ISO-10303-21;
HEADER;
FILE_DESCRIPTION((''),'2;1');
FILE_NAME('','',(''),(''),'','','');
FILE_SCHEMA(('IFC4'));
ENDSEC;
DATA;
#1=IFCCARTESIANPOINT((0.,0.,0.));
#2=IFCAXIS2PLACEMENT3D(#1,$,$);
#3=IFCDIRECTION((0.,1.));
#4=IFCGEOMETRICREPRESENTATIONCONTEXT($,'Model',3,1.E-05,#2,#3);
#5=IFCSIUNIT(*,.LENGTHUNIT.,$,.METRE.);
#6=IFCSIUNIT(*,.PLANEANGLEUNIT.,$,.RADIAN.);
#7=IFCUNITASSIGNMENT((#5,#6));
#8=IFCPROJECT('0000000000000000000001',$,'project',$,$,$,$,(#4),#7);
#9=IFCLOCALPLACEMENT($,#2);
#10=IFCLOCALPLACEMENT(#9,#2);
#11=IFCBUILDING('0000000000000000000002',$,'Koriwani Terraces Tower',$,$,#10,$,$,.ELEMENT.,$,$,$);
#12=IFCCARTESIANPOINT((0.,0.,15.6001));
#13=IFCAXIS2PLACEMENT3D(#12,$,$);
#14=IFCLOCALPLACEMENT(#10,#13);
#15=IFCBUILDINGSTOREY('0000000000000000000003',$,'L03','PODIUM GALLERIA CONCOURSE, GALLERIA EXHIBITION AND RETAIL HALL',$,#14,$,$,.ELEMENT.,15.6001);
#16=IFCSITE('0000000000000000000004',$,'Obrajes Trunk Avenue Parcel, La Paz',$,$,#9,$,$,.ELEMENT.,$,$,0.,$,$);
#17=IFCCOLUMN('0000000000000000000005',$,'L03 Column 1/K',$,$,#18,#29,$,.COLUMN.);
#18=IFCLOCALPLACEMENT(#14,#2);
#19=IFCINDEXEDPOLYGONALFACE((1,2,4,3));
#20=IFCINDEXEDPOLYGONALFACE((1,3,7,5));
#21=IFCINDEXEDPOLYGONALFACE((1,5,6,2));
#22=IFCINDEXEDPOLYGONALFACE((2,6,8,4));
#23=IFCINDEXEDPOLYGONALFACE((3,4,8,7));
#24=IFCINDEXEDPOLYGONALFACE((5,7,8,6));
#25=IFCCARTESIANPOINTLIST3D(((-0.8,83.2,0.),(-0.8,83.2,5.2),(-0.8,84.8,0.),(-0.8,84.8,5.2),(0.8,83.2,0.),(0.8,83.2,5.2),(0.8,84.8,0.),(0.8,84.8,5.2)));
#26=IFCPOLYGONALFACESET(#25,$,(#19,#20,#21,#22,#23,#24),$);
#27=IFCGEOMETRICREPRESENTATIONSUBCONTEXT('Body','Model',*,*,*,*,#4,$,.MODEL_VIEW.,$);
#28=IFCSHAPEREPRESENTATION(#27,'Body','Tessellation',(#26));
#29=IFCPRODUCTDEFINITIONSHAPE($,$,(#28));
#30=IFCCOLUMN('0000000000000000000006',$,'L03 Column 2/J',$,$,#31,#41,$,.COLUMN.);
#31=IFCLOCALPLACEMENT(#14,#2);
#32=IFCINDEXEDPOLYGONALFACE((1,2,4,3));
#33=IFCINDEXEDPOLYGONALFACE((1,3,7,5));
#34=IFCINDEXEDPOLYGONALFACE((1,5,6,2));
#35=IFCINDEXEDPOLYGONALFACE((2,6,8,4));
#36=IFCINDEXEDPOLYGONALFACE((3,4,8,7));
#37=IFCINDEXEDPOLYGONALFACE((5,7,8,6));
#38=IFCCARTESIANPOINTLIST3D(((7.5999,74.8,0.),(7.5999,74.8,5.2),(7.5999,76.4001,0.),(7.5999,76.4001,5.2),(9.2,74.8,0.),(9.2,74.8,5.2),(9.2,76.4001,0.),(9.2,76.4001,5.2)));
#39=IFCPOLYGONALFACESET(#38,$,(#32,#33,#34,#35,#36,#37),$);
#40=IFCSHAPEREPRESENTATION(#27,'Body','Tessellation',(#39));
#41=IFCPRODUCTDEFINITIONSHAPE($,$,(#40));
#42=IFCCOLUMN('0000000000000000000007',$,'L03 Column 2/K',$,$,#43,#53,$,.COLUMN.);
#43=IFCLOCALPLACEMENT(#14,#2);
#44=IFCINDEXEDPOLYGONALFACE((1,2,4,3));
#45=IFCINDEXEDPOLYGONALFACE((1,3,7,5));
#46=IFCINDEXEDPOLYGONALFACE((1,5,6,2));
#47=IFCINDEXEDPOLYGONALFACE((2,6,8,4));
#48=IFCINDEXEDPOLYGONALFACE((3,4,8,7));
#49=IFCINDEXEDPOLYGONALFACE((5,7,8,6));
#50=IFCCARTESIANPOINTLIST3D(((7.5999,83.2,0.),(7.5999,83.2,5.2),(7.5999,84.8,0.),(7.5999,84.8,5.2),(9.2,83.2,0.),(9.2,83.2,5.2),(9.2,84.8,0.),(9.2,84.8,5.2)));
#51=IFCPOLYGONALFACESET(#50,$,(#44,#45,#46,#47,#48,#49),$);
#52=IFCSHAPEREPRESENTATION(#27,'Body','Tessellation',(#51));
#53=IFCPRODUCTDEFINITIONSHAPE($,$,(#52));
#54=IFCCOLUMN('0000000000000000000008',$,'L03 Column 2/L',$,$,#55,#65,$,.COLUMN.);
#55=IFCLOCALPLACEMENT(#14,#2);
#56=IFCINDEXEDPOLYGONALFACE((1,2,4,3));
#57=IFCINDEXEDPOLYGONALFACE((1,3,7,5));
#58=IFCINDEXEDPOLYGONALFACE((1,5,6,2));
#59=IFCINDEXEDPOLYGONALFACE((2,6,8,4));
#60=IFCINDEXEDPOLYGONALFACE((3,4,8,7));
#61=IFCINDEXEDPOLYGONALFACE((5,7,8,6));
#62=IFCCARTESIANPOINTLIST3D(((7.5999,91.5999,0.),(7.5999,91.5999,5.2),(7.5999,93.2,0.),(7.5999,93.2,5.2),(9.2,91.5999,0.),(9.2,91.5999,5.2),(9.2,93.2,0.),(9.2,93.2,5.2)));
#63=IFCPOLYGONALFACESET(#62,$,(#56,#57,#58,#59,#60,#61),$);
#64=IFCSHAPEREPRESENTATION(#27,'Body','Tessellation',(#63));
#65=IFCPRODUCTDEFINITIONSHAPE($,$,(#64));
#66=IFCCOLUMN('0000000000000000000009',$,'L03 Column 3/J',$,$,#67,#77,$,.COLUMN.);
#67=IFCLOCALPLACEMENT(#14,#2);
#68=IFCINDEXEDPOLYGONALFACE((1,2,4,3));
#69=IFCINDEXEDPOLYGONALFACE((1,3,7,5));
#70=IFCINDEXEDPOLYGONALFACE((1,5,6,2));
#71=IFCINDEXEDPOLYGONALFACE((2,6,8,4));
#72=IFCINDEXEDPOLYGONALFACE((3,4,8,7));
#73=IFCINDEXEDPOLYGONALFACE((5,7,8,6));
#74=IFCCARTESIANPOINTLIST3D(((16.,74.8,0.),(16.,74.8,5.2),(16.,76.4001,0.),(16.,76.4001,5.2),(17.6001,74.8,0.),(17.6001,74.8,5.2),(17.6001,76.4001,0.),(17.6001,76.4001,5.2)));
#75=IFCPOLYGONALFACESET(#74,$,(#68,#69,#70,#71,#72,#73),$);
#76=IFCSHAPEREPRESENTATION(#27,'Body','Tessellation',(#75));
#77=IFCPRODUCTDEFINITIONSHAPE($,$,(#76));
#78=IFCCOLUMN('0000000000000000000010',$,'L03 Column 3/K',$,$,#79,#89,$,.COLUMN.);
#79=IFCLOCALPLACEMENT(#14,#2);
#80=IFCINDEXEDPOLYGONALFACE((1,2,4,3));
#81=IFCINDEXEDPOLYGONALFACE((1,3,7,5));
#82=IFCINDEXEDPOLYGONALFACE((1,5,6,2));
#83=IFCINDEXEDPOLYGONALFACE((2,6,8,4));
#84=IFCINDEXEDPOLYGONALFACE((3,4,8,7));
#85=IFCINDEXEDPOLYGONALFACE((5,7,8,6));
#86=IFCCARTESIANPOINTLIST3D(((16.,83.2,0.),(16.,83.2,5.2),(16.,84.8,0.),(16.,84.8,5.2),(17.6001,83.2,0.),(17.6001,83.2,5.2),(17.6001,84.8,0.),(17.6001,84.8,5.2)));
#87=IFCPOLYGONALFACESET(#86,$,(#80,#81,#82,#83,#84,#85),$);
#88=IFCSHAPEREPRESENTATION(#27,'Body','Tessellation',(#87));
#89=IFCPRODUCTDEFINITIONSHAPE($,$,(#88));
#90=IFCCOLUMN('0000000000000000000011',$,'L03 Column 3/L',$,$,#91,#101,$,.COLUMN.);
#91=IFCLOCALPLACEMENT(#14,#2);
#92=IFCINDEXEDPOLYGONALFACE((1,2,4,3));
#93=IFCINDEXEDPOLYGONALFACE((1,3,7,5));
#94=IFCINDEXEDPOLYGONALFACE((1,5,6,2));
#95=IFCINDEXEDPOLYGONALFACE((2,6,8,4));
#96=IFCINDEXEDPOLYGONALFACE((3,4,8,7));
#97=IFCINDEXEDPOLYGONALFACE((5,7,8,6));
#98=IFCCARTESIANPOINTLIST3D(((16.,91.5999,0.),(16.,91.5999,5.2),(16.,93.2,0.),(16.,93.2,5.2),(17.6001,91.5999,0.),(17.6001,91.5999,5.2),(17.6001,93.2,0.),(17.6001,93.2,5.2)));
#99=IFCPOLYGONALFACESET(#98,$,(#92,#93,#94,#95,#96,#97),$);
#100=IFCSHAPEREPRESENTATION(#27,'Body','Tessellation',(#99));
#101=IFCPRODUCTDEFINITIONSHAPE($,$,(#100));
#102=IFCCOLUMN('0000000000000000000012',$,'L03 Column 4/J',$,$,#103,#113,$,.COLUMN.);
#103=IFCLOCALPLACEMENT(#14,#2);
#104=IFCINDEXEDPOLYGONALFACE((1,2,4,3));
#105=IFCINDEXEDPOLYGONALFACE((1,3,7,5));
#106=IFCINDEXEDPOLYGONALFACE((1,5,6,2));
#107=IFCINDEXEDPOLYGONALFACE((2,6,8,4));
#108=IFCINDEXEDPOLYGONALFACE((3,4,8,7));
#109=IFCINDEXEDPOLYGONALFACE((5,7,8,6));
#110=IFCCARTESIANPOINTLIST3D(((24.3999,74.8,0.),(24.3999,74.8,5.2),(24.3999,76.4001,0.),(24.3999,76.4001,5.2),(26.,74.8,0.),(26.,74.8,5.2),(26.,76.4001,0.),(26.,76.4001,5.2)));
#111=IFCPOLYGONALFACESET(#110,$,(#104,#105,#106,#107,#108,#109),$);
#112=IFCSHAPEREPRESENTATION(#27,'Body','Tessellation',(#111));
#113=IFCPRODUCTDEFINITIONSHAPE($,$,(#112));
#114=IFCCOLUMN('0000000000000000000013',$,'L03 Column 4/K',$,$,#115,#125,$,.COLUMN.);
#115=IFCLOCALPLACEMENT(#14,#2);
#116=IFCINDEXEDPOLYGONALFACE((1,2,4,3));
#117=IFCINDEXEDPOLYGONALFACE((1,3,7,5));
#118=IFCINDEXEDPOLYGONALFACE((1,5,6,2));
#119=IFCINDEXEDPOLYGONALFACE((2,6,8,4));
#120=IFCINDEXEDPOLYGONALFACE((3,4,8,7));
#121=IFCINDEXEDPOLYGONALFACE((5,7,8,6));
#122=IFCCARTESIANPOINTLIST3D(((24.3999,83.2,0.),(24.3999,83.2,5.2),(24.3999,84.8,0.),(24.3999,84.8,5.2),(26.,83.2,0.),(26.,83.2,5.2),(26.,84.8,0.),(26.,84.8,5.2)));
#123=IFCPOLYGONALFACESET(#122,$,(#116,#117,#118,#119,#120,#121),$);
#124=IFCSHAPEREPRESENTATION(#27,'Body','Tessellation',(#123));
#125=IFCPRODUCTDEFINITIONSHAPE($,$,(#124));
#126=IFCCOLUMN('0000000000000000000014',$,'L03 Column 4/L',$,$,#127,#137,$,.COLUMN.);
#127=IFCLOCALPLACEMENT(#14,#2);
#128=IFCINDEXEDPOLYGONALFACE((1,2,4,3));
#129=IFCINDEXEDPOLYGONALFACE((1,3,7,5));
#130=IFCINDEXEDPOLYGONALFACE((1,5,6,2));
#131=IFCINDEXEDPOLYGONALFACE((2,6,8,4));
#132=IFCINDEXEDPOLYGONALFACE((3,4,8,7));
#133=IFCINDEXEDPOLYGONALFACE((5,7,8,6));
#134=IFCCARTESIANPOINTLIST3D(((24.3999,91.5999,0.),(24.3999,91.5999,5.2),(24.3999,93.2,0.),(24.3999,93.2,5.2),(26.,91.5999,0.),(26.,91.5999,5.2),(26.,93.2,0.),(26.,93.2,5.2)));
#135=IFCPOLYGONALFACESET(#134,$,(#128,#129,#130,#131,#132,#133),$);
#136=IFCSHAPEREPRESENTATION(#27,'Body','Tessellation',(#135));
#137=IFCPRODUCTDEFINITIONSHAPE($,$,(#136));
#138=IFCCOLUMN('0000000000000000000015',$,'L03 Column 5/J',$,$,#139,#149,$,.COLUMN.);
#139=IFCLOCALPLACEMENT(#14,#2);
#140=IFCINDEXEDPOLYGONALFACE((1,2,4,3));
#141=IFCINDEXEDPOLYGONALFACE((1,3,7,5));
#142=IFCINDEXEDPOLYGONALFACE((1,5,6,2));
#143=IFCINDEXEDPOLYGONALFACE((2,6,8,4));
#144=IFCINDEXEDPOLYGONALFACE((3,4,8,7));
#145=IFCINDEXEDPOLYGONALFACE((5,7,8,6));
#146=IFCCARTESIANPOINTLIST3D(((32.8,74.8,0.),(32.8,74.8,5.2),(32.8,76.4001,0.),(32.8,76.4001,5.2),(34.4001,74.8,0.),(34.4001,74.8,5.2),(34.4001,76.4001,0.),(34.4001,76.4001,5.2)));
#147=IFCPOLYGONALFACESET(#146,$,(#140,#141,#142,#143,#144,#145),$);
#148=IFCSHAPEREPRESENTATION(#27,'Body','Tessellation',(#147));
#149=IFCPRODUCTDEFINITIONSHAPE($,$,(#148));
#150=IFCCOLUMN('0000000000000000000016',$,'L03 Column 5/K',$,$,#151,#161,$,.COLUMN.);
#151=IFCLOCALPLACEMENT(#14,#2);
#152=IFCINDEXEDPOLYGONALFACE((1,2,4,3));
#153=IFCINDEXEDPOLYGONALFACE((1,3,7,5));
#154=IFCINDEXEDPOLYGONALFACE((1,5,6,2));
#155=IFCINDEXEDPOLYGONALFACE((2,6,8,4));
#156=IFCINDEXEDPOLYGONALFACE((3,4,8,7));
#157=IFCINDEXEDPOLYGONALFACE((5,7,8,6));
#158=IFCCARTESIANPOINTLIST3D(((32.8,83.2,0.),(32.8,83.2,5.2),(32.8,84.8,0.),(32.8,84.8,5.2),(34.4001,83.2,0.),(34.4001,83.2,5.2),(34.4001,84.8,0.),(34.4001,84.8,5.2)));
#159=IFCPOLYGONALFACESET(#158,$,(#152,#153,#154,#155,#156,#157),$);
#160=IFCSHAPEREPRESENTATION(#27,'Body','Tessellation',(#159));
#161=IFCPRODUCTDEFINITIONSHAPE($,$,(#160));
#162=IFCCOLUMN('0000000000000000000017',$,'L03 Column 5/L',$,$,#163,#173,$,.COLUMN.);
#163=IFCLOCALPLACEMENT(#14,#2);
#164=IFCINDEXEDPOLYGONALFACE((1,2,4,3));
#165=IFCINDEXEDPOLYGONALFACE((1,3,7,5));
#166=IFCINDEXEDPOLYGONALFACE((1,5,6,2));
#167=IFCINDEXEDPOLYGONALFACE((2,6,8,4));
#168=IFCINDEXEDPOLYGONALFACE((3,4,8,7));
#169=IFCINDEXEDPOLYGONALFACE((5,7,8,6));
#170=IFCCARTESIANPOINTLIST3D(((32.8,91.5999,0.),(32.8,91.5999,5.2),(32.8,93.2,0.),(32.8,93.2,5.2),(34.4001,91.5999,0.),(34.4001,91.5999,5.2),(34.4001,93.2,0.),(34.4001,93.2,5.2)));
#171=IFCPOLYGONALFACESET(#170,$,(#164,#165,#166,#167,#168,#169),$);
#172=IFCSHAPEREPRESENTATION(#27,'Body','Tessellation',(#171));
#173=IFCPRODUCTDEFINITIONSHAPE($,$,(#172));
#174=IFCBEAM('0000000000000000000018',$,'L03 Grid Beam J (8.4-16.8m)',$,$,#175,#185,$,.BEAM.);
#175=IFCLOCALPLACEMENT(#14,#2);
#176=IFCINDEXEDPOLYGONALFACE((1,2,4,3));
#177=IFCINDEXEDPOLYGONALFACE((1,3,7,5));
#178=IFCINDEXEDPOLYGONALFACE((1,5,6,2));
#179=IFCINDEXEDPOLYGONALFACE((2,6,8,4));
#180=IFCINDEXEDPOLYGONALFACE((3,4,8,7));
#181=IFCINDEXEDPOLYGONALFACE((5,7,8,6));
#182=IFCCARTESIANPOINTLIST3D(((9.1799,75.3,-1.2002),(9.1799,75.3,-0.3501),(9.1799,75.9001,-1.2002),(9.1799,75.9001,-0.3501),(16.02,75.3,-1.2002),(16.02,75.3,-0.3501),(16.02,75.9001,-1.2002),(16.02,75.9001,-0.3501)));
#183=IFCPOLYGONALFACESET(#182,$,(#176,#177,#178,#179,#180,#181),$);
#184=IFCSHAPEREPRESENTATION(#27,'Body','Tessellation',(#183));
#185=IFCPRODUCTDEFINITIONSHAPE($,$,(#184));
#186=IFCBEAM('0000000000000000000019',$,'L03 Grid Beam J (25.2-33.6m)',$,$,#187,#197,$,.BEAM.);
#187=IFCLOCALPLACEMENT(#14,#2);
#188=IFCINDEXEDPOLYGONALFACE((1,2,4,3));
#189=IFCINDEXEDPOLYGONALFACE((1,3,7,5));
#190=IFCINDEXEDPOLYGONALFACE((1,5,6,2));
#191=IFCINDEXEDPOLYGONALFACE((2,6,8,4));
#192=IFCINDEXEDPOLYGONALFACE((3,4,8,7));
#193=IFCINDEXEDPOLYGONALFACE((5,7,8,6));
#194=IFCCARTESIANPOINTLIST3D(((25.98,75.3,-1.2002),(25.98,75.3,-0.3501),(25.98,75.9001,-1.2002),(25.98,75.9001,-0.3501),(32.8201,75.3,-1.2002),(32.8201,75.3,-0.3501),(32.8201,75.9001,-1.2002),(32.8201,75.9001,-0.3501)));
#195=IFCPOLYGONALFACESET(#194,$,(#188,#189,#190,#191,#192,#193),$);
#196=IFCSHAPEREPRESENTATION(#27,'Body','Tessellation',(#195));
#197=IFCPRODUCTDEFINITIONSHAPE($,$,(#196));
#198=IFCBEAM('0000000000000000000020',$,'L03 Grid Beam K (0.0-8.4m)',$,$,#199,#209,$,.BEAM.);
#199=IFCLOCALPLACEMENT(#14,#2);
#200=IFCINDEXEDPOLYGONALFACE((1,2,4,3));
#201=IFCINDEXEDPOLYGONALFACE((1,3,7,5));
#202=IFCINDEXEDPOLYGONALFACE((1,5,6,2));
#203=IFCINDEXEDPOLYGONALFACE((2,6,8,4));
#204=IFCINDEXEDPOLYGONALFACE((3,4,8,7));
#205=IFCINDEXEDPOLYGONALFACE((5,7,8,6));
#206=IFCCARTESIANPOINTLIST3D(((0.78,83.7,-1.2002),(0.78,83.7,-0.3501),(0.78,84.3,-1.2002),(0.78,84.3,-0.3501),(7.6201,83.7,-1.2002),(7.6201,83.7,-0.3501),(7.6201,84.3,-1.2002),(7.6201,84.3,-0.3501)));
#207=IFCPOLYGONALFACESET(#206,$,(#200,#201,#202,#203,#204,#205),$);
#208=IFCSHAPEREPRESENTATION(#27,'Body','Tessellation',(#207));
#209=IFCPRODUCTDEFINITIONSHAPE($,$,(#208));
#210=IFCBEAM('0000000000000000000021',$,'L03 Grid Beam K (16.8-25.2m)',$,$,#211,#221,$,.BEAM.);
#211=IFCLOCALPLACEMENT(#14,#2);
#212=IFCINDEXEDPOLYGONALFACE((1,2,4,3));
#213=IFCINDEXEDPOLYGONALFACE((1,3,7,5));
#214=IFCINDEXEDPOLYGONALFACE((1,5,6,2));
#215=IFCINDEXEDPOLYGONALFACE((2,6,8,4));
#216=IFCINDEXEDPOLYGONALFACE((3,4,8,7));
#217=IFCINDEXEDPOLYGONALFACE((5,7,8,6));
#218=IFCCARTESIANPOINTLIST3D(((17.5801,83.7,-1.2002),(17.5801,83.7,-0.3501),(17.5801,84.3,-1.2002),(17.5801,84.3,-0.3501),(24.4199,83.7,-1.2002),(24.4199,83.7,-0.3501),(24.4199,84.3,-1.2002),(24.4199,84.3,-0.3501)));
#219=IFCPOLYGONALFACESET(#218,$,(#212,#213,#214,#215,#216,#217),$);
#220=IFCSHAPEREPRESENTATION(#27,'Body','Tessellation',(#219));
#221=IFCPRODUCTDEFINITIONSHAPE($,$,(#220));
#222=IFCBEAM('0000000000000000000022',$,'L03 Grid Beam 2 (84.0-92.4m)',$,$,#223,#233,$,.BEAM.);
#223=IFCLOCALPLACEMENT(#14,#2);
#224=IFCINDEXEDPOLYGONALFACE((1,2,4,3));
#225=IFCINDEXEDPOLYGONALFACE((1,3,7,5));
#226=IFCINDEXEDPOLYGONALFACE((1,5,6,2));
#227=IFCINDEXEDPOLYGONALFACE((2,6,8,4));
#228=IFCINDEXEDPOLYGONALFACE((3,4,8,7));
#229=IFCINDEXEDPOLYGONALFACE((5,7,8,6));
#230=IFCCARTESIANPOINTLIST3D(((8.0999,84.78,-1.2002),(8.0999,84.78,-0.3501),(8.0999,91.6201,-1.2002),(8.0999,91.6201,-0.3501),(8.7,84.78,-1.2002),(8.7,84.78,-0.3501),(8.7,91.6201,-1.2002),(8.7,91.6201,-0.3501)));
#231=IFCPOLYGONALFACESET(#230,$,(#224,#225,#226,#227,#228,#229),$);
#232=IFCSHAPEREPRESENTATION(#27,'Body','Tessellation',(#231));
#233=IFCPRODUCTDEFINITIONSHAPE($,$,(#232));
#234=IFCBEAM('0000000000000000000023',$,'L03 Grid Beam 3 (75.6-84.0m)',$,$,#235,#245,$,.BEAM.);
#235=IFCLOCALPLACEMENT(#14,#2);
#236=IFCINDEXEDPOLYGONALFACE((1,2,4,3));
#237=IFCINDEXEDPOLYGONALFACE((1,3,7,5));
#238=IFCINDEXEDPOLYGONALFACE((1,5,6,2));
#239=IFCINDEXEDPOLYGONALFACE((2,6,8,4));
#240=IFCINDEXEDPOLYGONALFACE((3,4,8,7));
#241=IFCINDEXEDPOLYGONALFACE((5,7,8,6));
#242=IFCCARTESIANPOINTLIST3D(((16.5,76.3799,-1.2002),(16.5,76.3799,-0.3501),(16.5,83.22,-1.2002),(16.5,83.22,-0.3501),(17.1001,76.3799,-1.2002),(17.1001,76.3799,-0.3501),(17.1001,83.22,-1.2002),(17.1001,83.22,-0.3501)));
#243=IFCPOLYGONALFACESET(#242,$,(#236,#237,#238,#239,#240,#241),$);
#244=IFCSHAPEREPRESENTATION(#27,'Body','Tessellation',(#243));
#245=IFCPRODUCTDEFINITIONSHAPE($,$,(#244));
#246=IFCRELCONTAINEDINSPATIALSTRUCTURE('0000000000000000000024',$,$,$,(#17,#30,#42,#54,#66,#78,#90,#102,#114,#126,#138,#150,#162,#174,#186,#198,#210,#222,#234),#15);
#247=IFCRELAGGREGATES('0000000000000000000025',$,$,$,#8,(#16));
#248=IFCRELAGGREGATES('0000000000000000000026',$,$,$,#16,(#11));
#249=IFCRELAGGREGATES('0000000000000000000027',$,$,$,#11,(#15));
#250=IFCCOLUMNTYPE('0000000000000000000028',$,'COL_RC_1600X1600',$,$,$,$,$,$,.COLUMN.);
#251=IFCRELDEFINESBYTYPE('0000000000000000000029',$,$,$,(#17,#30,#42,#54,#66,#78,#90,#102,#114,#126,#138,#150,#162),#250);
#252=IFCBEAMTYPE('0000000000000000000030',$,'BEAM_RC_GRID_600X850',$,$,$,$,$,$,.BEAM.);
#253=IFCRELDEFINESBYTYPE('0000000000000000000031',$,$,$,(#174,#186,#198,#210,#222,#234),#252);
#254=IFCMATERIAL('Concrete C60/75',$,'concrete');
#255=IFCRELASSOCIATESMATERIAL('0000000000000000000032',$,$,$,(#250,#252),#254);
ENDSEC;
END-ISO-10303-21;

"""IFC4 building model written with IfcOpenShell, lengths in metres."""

from ifc_helpers import new_model, si_unit, direction, frame, origin, origin_2d, place, context, subcontext, project, spatial, rectangle, extrude, material, material_profile, profile_set, type_object, element, save


model = new_model("IFC4")

# Units and contexts
model_context = context("Model", 3, precision=1e-05, world=origin(), true_north=direction((0.0, 1.0)))
body_context = subcontext(model_context, "Body", "Model", "MODEL_VIEW")
ifc_project = project(units=[si_unit("LENGTHUNIT", "METRE"), si_unit("PLANEANGLEUNIT", "RADIAN")], contexts=[model_context])

# Site, building, storey
site_placement = place(None, origin())
site = spatial("IfcSite", under=ifc_project, at=site_placement, Name="Obrajes Trunk Avenue Parcel, La Paz", CompositionType="ELEMENT", RefElevation=0.0)
building_placement = place(site_placement, origin())
building = spatial("IfcBuilding", under=site, at=building_placement, Name="Koriwani Terraces Tower", CompositionType="ELEMENT")
storey_placement = place(building_placement, frame((0.0, 0.0, 15.6001)))
storey = spatial("IfcBuildingStorey", under=building, at=storey_placement, Name="L03", Description="PODIUM GALLERIA CONCOURSE, GALLERIA EXHIBITION AND RETAIL HALL", CompositionType="ELEMENT", Elevation=15.6001)

# Columns
ifc_material_1 = material(Name="Concrete C60/75", Category="concrete")
ifc_material_profile_1 = material_profile(ifc_material_1, rectangle(XDim=1.6001, YDim=1.6001, at=origin_2d()), Name="Concrete C60/75", Category="LoadBearing")
ifc_profile_set_1 = profile_set([ifc_material_profile_1], Name="Concrete C60/75")
column_type = type_object("IfcColumnType", Name="COL_RC_1600X1600", PredefinedType="COLUMN", material=ifc_profile_set_1)
for number, where, z_axis, x_axis, name in (
    (1, (0.0, 84.0, 0.0), (0.0, 0.0, 1.0), (1.0, 0.0, 0.0), "L03 Column 1/K"),
    (2, (8.3999, 75.6001, 0.0), (0.0, 0.0, 1.0), (1.0, 0.0, 0.0), "L03 Column 2/J"),
    (3, (8.3999, 84.0, 0.0), (0.0, 0.0, 1.0), (1.0, 0.0, 0.0), "L03 Column 2/K"),
    (4, (8.3999, 92.3999, 0.0), (0.0, 0.0, 1.0), (1.0, 0.0, 0.0), "L03 Column 2/L"),
    (5, (16.8, 75.6001, 0.0), (0.0, 0.0, 1.0), (1.0, 0.0, 0.0), "L03 Column 3/J"),
    (6, (16.8, 84.0, 0.0), (0.0, 0.0, 1.0), (1.0, 0.0, 0.0), "L03 Column 3/K"),
    (7, (16.8, 92.3999, 0.0), (0.0, 0.0, 1.0), (1.0, 0.0, 0.0), "L03 Column 3/L"),
    (8, (25.2, 75.6001, 0.0), (0.0, 0.0, 1.0), (1.0, 0.0, 0.0), "L03 Column 4/J"),
    (9, (25.2, 84.0, 0.0), (0.0, 0.0, 1.0), (1.0, 0.0, 0.0), "L03 Column 4/K"),
    (10, (25.2, 92.3999, 0.0), (0.0, 0.0, 1.0), (1.0, 0.0, 0.0), "L03 Column 4/L"),
    (11, (33.6001, 75.6001, 0.0), (0.0, 0.0, 1.0), (1.0, 0.0, 0.0), "L03 Column 5/J"),
    (12, (33.6001, 84.0, 0.0), (0.0, 0.0, 1.0), (1.0, 0.0, 0.0), "L03 Column 5/K"),
    (13, (33.6001, 92.3999, 0.0), (0.0, 0.0, 1.0), (1.0, 0.0, 0.0), "L03 Column 5/L"),
):
    element("IfcColumn", number, at=place(storey_placement, frame(where, z_axis=z_axis, x_axis=x_axis)), inside=storey, type_object=column_type, Name=name, PredefinedType="COLUMN", context=body_context, shape_type="SweptSolid", body=[
        extrude(rectangle(XDim=1.6001, YDim=1.6001, at=origin_2d()), origin(), (0.0, 0.0, 1.0), 5.2),
    ])

# Beams
ifc_material_profile_2 = material_profile(ifc_material_1, rectangle(XDim=0.6001, YDim=0.8501, at=origin_2d()), Name="Concrete C60/75", Category="LoadBearing")
ifc_profile_set_2 = profile_set([ifc_material_profile_2], Name="Concrete C60/75")
beam_type_1 = type_object("IfcBeamType", Name="BEAM_RC_GRID_600X850", PredefinedType="BEAM", material=ifc_profile_set_2)
for number, where, z_axis, x_axis, name in (
    (14, (9.1799, 75.6001, -0.7751), (1.0, 0.0, 0.0), (0.0, 1.0, 0.0), "L03 Grid Beam J (8.4-16.8m)"),
    (15, (25.98, 75.6001, -0.7751), (1.0, 0.0, 0.0), (0.0, 1.0, 0.0), "L03 Grid Beam J (25.2-33.6m)"),
    (16, (0.78, 84.0, -0.7751), (1.0, 0.0, 0.0), (0.0, 1.0, 0.0), "L03 Grid Beam K (0.0-8.4m)"),
):
    element("IfcBeam", number, at=place(storey_placement, frame(where, z_axis=z_axis, x_axis=x_axis)), inside=storey, type_object=beam_type_1, Name=name, PredefinedType="BEAM", context=body_context, shape_type="SweptSolid", body=[
        extrude(rectangle(XDim=0.6001, YDim=0.8501, at=origin_2d()), origin(), (0.0, 0.0, 1.0), 6.8401),
    ])
beam_1_placement = place(storey_placement, frame((17.5801, 84.0, -0.7751), z_axis=(1.0, 0.0, 0.0), x_axis=(0.0, 1.0, 0.0)))
element("IfcBeam", 17, at=beam_1_placement, inside=storey, type_object=beam_type_1, Name="L03 Grid Beam K (16.8-25.2m)", PredefinedType="BEAM", context=body_context, shape_type="SweptSolid", body=[
    extrude(rectangle(XDim=0.6001, YDim=0.8501, at=origin_2d()), origin(), (0.0, 0.0, 1.0), 6.8398),
])
for number, where, z_axis, x_axis, name in (
    (18, (8.3999, 84.78, -0.7751), (0.0, 1.0, 0.0), (-1.0, 0.0, 0.0), "L03 Grid Beam 2 (84.0-92.4m)"),
    (19, (16.8, 76.3799, -0.7751), (0.0, 1.0, 0.0), (-1.0, 0.0, 0.0), "L03 Grid Beam 3 (75.6-84.0m)"),
):
    element("IfcBeam", number, at=place(storey_placement, frame(where, z_axis=z_axis, x_axis=x_axis)), inside=storey, type_object=beam_type_1, Name=name, PredefinedType="BEAM", context=body_context, shape_type="SweptSolid", body=[
        extrude(rectangle(XDim=0.6001, YDim=0.8501, at=origin_2d()), origin(), (0.0, 0.0, 1.0), 6.8401),
    ])

save(model, "model.ifc")
